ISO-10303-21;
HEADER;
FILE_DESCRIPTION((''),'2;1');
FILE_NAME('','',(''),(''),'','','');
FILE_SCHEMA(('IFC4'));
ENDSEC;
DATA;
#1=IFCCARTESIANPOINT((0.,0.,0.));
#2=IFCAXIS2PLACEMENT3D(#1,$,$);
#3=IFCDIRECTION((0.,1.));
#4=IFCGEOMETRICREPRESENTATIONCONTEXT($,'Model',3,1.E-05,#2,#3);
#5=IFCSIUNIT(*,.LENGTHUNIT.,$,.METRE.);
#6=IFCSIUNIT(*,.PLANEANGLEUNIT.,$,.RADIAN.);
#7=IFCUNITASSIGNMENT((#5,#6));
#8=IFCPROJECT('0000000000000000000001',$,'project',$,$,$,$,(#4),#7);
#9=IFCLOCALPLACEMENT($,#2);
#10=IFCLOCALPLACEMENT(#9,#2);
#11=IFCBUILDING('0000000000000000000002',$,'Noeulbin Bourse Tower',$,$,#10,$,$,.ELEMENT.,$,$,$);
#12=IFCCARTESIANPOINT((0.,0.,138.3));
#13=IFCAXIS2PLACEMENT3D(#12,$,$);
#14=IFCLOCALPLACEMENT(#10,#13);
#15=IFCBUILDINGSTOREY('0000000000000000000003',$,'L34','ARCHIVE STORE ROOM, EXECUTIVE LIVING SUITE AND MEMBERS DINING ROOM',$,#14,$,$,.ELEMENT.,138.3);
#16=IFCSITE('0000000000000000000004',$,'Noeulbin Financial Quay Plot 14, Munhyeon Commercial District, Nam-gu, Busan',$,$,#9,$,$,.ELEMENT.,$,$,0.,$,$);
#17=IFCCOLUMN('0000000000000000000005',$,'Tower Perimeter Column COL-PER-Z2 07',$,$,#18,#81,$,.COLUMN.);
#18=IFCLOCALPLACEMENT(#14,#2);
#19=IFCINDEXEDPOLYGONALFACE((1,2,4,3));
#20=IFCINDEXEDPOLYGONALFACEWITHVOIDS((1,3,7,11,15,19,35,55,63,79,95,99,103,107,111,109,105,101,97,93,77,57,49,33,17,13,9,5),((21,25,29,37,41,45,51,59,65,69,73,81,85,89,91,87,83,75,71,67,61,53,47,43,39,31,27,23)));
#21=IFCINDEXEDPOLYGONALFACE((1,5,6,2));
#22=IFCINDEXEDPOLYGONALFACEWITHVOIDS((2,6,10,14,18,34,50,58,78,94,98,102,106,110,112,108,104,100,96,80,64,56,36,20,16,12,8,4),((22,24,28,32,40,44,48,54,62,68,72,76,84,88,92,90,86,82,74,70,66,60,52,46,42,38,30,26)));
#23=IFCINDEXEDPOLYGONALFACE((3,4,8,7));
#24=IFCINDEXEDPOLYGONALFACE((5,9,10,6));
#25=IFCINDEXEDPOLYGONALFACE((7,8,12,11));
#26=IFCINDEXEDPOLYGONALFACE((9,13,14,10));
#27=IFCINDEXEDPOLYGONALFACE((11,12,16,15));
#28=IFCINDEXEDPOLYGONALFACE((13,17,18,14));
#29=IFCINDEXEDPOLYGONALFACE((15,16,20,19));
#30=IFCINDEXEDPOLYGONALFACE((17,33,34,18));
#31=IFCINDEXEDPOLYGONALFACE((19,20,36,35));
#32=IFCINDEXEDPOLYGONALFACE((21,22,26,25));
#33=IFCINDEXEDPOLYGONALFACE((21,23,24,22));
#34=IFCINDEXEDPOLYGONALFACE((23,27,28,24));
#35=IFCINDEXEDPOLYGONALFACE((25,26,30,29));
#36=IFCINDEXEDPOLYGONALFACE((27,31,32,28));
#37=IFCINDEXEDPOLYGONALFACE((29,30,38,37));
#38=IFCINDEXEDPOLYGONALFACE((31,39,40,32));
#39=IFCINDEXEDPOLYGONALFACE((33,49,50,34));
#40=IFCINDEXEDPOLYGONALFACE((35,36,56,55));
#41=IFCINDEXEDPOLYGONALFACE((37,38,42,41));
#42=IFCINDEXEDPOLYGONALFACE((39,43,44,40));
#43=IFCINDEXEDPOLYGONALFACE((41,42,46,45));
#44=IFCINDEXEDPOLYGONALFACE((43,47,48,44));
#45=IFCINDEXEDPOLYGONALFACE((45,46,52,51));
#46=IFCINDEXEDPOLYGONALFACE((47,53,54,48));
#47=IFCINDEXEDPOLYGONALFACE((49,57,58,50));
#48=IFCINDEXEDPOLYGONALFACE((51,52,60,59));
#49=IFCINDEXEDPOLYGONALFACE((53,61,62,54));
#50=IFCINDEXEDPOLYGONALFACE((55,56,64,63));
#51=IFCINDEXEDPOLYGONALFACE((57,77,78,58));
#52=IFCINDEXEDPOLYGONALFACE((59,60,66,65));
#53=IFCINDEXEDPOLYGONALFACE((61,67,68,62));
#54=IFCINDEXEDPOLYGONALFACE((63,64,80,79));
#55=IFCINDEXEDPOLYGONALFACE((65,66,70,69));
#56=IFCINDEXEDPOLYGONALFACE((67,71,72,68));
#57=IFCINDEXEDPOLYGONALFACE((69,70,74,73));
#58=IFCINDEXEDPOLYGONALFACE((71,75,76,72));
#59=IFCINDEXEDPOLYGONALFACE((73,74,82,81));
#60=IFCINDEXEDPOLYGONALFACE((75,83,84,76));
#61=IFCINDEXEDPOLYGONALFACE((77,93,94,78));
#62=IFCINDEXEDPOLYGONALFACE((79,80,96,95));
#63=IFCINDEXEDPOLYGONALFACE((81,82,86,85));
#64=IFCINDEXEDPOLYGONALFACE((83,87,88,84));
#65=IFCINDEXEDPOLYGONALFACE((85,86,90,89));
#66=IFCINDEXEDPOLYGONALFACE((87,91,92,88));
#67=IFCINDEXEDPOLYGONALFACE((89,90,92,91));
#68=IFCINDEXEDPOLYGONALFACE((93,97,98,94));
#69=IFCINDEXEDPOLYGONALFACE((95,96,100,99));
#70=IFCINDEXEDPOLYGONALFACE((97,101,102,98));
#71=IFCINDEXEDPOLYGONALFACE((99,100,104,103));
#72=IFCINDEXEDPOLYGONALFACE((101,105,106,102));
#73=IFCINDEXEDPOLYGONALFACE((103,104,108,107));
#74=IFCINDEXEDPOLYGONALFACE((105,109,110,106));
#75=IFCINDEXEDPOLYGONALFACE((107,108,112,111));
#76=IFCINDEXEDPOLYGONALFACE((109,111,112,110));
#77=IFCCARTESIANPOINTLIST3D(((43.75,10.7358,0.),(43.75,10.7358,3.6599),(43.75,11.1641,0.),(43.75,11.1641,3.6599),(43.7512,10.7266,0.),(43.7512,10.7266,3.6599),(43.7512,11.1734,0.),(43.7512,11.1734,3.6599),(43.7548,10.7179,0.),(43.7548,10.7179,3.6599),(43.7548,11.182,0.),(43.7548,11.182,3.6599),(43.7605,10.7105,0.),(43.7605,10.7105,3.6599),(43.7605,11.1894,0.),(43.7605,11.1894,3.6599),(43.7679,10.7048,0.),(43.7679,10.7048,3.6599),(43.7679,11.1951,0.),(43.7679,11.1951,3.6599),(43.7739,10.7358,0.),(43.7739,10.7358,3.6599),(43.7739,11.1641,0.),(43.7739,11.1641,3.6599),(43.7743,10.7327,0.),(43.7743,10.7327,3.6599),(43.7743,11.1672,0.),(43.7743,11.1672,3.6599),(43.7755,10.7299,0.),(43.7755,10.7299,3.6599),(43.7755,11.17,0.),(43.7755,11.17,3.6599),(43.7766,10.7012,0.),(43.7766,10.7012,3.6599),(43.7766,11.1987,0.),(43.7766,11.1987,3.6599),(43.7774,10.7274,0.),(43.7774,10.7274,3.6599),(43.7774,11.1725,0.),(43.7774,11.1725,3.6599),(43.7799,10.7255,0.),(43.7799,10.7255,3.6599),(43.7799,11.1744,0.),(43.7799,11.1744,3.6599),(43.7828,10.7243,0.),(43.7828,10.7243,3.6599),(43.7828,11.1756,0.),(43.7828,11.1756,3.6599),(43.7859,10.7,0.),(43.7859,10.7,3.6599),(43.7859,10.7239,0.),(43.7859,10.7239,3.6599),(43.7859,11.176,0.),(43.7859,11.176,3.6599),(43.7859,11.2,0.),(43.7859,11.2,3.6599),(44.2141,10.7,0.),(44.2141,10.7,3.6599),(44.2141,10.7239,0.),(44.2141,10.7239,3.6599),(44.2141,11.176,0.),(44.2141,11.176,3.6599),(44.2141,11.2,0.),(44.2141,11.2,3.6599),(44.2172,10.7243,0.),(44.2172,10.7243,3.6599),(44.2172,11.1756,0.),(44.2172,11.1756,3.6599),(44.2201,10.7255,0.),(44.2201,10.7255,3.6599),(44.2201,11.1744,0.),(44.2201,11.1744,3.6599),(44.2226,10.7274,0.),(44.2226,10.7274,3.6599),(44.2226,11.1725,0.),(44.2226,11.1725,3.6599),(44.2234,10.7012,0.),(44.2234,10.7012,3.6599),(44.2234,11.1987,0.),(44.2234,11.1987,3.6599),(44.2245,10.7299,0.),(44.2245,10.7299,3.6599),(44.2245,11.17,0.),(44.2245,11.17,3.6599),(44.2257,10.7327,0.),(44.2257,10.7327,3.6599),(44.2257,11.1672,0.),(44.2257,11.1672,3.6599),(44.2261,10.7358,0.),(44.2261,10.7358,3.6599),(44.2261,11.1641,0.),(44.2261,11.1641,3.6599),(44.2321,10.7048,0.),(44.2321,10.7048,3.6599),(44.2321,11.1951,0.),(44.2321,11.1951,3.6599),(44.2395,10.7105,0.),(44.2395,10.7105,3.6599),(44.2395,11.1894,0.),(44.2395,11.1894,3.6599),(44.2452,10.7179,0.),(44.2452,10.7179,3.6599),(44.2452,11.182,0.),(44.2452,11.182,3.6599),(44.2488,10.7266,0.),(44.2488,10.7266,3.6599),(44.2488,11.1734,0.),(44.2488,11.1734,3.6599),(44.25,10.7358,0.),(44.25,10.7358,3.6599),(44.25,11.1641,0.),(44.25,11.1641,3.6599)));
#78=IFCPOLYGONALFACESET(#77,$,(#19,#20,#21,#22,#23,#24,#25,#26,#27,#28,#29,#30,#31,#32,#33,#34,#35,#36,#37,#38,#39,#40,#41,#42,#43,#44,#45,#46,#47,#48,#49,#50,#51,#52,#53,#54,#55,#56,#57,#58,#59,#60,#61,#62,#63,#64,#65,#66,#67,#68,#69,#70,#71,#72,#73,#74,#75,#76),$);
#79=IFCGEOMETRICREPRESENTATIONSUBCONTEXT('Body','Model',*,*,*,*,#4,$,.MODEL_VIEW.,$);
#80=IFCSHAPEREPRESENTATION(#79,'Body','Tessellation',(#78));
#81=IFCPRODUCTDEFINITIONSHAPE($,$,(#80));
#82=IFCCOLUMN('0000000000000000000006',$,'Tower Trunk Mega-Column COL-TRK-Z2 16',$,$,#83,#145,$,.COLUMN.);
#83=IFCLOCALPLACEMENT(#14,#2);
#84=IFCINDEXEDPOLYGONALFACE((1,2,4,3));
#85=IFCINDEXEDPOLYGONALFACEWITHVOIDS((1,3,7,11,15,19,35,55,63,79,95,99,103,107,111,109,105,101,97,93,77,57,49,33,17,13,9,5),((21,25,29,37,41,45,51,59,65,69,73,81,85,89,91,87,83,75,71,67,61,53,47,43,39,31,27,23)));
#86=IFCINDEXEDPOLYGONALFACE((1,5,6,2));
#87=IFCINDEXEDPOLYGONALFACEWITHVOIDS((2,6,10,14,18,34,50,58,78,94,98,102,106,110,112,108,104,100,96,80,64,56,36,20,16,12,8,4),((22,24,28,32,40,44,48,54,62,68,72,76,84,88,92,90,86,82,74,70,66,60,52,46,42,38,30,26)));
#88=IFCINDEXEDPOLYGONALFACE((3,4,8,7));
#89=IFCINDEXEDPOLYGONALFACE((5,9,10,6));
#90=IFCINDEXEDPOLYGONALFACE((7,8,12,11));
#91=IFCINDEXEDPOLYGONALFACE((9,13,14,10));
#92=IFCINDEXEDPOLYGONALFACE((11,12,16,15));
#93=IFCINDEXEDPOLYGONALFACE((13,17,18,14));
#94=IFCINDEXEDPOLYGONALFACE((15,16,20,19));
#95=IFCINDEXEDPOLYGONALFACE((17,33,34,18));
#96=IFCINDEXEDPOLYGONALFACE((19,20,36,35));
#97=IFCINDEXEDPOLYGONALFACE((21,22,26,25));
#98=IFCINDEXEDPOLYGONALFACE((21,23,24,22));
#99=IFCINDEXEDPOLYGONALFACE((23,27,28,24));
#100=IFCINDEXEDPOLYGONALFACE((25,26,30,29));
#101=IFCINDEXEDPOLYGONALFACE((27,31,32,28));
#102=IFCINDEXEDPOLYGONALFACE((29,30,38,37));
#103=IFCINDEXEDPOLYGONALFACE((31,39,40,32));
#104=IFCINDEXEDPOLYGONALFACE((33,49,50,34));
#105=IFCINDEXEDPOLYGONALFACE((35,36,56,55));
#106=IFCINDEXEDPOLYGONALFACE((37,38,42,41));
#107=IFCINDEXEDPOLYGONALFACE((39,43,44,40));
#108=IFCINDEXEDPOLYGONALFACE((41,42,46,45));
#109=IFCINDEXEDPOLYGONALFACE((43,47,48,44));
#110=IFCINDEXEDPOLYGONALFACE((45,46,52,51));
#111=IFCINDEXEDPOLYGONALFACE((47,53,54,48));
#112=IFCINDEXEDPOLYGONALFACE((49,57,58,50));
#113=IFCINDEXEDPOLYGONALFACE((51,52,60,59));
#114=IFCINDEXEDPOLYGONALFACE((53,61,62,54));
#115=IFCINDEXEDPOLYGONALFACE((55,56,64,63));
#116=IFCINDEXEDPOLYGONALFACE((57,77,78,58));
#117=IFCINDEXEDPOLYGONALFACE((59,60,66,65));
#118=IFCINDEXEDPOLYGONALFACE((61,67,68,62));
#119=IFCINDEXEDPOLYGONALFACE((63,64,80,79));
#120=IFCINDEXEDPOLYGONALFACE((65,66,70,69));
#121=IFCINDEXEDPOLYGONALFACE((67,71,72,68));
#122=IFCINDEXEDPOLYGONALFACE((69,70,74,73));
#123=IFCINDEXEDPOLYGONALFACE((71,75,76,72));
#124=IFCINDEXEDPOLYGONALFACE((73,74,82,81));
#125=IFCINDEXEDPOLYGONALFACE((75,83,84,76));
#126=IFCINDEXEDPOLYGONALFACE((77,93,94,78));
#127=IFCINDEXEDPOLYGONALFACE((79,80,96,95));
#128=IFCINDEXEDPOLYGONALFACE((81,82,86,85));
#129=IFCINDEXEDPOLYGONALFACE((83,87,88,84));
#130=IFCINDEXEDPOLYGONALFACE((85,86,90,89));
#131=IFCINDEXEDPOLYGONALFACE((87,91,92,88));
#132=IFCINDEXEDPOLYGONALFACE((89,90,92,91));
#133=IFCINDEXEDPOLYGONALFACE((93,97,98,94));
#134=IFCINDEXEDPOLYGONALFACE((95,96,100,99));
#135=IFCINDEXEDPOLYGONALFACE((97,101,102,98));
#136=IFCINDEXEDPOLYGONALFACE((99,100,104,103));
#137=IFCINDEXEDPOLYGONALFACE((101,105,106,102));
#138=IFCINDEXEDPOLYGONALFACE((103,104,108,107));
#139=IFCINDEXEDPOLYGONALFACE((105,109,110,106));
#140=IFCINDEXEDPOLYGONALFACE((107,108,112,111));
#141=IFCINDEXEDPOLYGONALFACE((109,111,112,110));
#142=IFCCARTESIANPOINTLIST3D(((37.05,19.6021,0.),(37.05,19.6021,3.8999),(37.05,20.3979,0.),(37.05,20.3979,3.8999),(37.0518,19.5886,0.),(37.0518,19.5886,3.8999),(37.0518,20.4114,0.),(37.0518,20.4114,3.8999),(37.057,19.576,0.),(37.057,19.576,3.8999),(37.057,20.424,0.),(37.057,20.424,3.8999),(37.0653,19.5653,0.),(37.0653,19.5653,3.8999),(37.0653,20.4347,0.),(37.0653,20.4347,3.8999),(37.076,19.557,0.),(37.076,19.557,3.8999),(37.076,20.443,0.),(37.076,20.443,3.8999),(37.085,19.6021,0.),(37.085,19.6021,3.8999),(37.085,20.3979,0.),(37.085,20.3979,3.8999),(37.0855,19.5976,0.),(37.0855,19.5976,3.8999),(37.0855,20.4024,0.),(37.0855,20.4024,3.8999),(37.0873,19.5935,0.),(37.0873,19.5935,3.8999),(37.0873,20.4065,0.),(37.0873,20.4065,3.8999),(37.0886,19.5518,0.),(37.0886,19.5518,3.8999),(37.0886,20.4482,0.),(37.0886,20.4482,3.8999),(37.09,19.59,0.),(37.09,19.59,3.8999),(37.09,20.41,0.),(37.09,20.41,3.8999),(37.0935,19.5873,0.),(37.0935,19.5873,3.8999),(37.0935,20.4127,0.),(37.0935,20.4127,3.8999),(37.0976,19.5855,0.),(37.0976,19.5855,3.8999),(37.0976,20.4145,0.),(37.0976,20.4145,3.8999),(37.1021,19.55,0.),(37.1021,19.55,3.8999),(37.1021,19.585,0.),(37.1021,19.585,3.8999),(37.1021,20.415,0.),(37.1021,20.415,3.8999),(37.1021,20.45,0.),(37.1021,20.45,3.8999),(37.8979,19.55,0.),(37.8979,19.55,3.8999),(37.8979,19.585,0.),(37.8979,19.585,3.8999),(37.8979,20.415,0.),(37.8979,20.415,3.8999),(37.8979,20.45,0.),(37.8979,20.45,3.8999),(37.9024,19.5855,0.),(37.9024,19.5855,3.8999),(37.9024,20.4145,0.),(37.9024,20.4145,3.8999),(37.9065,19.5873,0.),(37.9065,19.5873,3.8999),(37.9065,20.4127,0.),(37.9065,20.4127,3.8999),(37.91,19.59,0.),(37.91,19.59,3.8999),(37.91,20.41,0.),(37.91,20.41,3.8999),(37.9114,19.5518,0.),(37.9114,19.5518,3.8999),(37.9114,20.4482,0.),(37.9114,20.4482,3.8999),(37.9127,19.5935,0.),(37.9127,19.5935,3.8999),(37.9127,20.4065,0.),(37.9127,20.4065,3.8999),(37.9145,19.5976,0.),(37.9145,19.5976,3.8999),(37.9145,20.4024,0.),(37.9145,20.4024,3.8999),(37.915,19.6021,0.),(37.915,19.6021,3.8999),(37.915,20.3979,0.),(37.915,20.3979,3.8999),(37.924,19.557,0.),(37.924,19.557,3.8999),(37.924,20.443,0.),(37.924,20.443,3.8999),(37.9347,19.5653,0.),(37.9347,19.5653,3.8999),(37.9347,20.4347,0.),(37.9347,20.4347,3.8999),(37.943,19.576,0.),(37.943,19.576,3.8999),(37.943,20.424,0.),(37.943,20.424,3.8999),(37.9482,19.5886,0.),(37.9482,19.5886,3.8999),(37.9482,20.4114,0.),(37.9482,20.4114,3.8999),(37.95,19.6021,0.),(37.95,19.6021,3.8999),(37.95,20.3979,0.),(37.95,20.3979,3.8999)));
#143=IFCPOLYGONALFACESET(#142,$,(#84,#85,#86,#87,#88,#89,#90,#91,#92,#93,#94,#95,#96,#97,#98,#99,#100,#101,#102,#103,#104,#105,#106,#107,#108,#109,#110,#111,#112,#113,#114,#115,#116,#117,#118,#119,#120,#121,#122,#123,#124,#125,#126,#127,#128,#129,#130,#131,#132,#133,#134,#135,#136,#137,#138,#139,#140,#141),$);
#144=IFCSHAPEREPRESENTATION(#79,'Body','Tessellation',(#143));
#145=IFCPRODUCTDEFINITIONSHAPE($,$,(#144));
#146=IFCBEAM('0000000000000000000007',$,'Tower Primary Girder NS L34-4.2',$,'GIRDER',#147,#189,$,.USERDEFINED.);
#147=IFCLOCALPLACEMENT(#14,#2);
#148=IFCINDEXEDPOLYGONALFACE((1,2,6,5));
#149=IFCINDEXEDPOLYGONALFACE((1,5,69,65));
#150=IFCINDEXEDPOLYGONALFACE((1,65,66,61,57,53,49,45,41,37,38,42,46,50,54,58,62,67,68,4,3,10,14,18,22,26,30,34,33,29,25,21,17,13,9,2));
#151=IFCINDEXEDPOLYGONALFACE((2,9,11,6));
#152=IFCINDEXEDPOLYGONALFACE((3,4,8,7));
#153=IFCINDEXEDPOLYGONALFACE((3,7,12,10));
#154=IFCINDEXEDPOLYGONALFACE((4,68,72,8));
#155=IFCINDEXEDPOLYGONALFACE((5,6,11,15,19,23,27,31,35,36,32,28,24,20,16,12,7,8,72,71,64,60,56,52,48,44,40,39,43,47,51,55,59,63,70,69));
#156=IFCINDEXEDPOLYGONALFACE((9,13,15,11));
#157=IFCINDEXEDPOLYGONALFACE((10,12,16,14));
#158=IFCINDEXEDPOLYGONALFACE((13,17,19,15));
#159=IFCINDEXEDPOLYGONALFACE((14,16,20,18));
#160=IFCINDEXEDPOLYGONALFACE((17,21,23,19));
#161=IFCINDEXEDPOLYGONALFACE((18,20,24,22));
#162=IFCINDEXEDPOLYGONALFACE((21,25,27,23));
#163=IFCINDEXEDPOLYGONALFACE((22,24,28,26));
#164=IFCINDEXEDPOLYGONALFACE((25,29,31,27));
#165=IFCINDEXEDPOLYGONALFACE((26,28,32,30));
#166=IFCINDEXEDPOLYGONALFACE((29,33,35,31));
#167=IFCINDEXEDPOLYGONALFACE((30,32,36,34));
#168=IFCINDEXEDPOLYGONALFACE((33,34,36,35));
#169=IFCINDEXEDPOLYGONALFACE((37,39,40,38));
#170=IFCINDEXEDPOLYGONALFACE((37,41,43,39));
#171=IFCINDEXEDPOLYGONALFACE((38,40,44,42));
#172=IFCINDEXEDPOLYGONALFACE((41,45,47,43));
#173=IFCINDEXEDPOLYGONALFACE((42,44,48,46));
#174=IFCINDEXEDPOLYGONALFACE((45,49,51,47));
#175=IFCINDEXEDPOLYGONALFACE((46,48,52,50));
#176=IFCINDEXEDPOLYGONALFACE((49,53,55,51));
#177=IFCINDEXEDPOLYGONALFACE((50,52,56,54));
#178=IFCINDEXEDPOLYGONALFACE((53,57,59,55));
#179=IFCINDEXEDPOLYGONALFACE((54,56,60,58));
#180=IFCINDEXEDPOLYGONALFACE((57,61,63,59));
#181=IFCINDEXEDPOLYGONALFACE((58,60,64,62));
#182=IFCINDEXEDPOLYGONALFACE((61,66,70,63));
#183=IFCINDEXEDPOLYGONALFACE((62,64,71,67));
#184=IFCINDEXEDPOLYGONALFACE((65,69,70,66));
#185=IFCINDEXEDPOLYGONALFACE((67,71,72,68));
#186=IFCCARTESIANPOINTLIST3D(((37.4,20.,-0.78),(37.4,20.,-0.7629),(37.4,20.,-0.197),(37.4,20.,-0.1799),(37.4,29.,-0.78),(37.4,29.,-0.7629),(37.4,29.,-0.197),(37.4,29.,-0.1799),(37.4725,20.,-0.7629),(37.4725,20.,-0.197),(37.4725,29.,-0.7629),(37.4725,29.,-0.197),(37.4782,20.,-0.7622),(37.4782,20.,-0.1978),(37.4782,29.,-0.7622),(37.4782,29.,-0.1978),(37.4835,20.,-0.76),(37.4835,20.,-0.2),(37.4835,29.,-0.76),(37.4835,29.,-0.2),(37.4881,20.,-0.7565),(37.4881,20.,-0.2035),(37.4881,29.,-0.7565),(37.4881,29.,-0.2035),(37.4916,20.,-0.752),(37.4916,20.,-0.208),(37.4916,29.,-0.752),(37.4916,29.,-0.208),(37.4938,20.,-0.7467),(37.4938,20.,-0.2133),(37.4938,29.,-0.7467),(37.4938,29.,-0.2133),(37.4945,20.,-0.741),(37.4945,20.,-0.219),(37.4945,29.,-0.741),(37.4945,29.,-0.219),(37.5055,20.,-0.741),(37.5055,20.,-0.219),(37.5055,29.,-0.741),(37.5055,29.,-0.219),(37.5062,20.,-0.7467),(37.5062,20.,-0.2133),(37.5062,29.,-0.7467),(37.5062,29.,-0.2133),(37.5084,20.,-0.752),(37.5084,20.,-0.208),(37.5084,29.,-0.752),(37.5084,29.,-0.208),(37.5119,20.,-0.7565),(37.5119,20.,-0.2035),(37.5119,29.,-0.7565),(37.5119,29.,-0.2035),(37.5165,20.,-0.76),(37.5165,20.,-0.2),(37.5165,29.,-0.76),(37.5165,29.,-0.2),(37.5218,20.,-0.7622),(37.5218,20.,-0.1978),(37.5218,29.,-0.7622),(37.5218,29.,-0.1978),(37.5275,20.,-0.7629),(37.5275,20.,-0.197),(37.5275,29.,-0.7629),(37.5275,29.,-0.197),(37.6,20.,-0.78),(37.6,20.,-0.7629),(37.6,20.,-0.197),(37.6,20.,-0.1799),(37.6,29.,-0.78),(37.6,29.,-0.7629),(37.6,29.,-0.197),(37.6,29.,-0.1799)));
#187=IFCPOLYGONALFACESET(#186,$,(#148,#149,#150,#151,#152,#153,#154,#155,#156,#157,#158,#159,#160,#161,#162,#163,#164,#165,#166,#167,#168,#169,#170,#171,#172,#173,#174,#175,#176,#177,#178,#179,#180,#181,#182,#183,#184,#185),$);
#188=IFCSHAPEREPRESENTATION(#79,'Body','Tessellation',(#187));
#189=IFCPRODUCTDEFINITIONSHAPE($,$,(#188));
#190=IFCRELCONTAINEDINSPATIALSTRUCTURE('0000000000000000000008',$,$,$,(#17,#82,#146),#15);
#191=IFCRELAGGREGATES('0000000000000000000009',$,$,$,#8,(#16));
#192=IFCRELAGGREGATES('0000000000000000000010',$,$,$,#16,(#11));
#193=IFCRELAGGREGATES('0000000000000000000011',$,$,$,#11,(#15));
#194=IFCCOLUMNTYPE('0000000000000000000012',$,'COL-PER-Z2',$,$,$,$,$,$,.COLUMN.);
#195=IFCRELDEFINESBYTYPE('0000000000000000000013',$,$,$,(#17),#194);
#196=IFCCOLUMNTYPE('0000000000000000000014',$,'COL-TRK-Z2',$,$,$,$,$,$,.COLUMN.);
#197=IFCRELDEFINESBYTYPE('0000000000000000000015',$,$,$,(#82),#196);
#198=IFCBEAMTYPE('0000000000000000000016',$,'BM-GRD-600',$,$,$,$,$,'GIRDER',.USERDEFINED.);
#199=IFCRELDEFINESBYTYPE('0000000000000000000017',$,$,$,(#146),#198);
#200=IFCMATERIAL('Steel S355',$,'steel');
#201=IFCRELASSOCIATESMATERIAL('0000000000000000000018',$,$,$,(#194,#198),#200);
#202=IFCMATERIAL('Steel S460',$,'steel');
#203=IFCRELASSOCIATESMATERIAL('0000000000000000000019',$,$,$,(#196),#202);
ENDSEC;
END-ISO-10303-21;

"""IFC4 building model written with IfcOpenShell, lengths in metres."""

from ifc_helpers import new_model, si_unit, direction, frame, origin, origin_2d, place, context, subcontext, project, spatial, hollow_rectangle, i_section, extrude, material, material_profile, profile_set, type_object, element, save


model = new_model("IFC4")

# Units and contexts
model_context = context("Model", 3, precision=1e-05, world=origin(), true_north=direction((0.0, 1.0)))
body_context = subcontext(model_context, "Body", "Model", "MODEL_VIEW")
ifc_project = project(units=[si_unit("LENGTHUNIT", "METRE"), si_unit("PLANEANGLEUNIT", "RADIAN")], contexts=[model_context])

# Site, building, storey
site_placement = place(None, origin())
site = spatial("IfcSite", under=ifc_project, at=site_placement, Name="Noeulbin Financial Quay Plot 14, Munhyeon Commercial District, Nam-gu, Busan", CompositionType="ELEMENT", RefElevation=0.0)
building_placement = place(site_placement, origin())
building = spatial("IfcBuilding", under=site, at=building_placement, Name="Noeulbin Bourse Tower", CompositionType="ELEMENT")
storey_placement = place(building_placement, frame((0.0, 0.0, 138.3)))
storey = spatial("IfcBuildingStorey", under=building, at=storey_placement, Name="L34", Description="ARCHIVE STORE ROOM, EXECUTIVE LIVING SUITE AND MEMBERS DINING ROOM", CompositionType="ELEMENT", Elevation=138.3)

# Columns
ifc_material_1 = material(Name="Steel S355", Category="steel")
ifc_material_profile_1 = material_profile(ifc_material_1, hollow_rectangle(XDim=0.5, YDim=0.5, WallThickness=0.0239, InnerFilletRadius=0.012, OuterFilletRadius=0.0359, at=origin_2d()), Name="BOX-500x500x24", Category="LoadBearing")
ifc_profile_set_1 = profile_set([ifc_material_profile_1], Name="Steel S355")
column_type_1 = type_object("IfcColumnType", Name="COL-PER-Z2", PredefinedType="COLUMN", material=ifc_profile_set_1)
column_1_placement = place(storey_placement, frame((44.0, 10.95, 0.0), z_axis=(0.0, 0.0, 1.0), x_axis=(1.0, 0.0, 0.0)))
element("IfcColumn", 1, at=column_1_placement, inside=storey, type_object=column_type_1, Name="Tower Perimeter Column COL-PER-Z2 07", PredefinedType="COLUMN", context=body_context, shape_type="SweptSolid", body=[
    extrude(hollow_rectangle(XDim=0.5, YDim=0.5, WallThickness=0.0239, InnerFilletRadius=0.012, OuterFilletRadius=0.0359, at=origin_2d()), origin(), (0.0, 0.0, 1.0), 3.6599),
])
ifc_material_2 = material(Name="Steel S460", Category="steel")
ifc_material_profile_2 = material_profile(ifc_material_2, hollow_rectangle(XDim=0.8999, YDim=0.8999, WallThickness=0.0349, InnerFilletRadius=0.0171, OuterFilletRadius=0.052, at=origin_2d()), Name="BOX-900x900x35", Category="LoadBearing")
ifc_profile_set_2 = profile_set([ifc_material_profile_2], Name="Steel S460")
column_type_2 = type_object("IfcColumnType", Name="COL-TRK-Z2", PredefinedType="COLUMN", material=ifc_profile_set_2)
column_2_placement = place(storey_placement, frame((37.5, 20.0, 0.0), z_axis=(0.0, 0.0, 1.0), x_axis=(1.0, 0.0, 0.0)))
element("IfcColumn", 2, at=column_2_placement, inside=storey, type_object=column_type_2, Name="Tower Trunk Mega-Column COL-TRK-Z2 16", PredefinedType="COLUMN", context=body_context, shape_type="SweptSolid", body=[
    extrude(hollow_rectangle(XDim=0.8999, YDim=0.8999, WallThickness=0.0349, InnerFilletRadius=0.0171, OuterFilletRadius=0.052, at=origin_2d()), origin(), (0.0, 0.0, 1.0), 3.8999),
])

# Beam
ifc_material_profile_3 = material_profile(ifc_material_1, i_section(OverallWidth=0.2, OverallDepth=0.6001, WebThickness=0.011, FlangeThickness=0.0171, FilletRadius=0.022, at=origin_2d()), Name="H-600x200x11x17", Category="LoadBearing")
ifc_profile_set_3 = profile_set([ifc_material_profile_3], Name="Steel S355")
beam_type_1 = type_object("IfcBeamType", Name="BM-GRD-600", ElementType="GIRDER", PredefinedType="USERDEFINED", material=ifc_profile_set_3)
beam_1_placement = place(storey_placement, frame((37.5, 20.0, -0.48), z_axis=(0.0, 1.0, 0.0), x_axis=(-1.0, 0.0, 0.0)))
element("IfcBeam", 3, at=beam_1_placement, inside=storey, type_object=beam_type_1, Name="Tower Primary Girder NS L34-4.2", ObjectType="GIRDER", PredefinedType="USERDEFINED", context=body_context, shape_type="SweptSolid", body=[
    extrude(i_section(OverallWidth=0.2, OverallDepth=0.6001, WebThickness=0.011, FlangeThickness=0.0171, FilletRadius=0.022, at=origin_2d()), origin(), (0.0, 0.0, 1.0), 9.0),
])

save(model, "model.ifc")
